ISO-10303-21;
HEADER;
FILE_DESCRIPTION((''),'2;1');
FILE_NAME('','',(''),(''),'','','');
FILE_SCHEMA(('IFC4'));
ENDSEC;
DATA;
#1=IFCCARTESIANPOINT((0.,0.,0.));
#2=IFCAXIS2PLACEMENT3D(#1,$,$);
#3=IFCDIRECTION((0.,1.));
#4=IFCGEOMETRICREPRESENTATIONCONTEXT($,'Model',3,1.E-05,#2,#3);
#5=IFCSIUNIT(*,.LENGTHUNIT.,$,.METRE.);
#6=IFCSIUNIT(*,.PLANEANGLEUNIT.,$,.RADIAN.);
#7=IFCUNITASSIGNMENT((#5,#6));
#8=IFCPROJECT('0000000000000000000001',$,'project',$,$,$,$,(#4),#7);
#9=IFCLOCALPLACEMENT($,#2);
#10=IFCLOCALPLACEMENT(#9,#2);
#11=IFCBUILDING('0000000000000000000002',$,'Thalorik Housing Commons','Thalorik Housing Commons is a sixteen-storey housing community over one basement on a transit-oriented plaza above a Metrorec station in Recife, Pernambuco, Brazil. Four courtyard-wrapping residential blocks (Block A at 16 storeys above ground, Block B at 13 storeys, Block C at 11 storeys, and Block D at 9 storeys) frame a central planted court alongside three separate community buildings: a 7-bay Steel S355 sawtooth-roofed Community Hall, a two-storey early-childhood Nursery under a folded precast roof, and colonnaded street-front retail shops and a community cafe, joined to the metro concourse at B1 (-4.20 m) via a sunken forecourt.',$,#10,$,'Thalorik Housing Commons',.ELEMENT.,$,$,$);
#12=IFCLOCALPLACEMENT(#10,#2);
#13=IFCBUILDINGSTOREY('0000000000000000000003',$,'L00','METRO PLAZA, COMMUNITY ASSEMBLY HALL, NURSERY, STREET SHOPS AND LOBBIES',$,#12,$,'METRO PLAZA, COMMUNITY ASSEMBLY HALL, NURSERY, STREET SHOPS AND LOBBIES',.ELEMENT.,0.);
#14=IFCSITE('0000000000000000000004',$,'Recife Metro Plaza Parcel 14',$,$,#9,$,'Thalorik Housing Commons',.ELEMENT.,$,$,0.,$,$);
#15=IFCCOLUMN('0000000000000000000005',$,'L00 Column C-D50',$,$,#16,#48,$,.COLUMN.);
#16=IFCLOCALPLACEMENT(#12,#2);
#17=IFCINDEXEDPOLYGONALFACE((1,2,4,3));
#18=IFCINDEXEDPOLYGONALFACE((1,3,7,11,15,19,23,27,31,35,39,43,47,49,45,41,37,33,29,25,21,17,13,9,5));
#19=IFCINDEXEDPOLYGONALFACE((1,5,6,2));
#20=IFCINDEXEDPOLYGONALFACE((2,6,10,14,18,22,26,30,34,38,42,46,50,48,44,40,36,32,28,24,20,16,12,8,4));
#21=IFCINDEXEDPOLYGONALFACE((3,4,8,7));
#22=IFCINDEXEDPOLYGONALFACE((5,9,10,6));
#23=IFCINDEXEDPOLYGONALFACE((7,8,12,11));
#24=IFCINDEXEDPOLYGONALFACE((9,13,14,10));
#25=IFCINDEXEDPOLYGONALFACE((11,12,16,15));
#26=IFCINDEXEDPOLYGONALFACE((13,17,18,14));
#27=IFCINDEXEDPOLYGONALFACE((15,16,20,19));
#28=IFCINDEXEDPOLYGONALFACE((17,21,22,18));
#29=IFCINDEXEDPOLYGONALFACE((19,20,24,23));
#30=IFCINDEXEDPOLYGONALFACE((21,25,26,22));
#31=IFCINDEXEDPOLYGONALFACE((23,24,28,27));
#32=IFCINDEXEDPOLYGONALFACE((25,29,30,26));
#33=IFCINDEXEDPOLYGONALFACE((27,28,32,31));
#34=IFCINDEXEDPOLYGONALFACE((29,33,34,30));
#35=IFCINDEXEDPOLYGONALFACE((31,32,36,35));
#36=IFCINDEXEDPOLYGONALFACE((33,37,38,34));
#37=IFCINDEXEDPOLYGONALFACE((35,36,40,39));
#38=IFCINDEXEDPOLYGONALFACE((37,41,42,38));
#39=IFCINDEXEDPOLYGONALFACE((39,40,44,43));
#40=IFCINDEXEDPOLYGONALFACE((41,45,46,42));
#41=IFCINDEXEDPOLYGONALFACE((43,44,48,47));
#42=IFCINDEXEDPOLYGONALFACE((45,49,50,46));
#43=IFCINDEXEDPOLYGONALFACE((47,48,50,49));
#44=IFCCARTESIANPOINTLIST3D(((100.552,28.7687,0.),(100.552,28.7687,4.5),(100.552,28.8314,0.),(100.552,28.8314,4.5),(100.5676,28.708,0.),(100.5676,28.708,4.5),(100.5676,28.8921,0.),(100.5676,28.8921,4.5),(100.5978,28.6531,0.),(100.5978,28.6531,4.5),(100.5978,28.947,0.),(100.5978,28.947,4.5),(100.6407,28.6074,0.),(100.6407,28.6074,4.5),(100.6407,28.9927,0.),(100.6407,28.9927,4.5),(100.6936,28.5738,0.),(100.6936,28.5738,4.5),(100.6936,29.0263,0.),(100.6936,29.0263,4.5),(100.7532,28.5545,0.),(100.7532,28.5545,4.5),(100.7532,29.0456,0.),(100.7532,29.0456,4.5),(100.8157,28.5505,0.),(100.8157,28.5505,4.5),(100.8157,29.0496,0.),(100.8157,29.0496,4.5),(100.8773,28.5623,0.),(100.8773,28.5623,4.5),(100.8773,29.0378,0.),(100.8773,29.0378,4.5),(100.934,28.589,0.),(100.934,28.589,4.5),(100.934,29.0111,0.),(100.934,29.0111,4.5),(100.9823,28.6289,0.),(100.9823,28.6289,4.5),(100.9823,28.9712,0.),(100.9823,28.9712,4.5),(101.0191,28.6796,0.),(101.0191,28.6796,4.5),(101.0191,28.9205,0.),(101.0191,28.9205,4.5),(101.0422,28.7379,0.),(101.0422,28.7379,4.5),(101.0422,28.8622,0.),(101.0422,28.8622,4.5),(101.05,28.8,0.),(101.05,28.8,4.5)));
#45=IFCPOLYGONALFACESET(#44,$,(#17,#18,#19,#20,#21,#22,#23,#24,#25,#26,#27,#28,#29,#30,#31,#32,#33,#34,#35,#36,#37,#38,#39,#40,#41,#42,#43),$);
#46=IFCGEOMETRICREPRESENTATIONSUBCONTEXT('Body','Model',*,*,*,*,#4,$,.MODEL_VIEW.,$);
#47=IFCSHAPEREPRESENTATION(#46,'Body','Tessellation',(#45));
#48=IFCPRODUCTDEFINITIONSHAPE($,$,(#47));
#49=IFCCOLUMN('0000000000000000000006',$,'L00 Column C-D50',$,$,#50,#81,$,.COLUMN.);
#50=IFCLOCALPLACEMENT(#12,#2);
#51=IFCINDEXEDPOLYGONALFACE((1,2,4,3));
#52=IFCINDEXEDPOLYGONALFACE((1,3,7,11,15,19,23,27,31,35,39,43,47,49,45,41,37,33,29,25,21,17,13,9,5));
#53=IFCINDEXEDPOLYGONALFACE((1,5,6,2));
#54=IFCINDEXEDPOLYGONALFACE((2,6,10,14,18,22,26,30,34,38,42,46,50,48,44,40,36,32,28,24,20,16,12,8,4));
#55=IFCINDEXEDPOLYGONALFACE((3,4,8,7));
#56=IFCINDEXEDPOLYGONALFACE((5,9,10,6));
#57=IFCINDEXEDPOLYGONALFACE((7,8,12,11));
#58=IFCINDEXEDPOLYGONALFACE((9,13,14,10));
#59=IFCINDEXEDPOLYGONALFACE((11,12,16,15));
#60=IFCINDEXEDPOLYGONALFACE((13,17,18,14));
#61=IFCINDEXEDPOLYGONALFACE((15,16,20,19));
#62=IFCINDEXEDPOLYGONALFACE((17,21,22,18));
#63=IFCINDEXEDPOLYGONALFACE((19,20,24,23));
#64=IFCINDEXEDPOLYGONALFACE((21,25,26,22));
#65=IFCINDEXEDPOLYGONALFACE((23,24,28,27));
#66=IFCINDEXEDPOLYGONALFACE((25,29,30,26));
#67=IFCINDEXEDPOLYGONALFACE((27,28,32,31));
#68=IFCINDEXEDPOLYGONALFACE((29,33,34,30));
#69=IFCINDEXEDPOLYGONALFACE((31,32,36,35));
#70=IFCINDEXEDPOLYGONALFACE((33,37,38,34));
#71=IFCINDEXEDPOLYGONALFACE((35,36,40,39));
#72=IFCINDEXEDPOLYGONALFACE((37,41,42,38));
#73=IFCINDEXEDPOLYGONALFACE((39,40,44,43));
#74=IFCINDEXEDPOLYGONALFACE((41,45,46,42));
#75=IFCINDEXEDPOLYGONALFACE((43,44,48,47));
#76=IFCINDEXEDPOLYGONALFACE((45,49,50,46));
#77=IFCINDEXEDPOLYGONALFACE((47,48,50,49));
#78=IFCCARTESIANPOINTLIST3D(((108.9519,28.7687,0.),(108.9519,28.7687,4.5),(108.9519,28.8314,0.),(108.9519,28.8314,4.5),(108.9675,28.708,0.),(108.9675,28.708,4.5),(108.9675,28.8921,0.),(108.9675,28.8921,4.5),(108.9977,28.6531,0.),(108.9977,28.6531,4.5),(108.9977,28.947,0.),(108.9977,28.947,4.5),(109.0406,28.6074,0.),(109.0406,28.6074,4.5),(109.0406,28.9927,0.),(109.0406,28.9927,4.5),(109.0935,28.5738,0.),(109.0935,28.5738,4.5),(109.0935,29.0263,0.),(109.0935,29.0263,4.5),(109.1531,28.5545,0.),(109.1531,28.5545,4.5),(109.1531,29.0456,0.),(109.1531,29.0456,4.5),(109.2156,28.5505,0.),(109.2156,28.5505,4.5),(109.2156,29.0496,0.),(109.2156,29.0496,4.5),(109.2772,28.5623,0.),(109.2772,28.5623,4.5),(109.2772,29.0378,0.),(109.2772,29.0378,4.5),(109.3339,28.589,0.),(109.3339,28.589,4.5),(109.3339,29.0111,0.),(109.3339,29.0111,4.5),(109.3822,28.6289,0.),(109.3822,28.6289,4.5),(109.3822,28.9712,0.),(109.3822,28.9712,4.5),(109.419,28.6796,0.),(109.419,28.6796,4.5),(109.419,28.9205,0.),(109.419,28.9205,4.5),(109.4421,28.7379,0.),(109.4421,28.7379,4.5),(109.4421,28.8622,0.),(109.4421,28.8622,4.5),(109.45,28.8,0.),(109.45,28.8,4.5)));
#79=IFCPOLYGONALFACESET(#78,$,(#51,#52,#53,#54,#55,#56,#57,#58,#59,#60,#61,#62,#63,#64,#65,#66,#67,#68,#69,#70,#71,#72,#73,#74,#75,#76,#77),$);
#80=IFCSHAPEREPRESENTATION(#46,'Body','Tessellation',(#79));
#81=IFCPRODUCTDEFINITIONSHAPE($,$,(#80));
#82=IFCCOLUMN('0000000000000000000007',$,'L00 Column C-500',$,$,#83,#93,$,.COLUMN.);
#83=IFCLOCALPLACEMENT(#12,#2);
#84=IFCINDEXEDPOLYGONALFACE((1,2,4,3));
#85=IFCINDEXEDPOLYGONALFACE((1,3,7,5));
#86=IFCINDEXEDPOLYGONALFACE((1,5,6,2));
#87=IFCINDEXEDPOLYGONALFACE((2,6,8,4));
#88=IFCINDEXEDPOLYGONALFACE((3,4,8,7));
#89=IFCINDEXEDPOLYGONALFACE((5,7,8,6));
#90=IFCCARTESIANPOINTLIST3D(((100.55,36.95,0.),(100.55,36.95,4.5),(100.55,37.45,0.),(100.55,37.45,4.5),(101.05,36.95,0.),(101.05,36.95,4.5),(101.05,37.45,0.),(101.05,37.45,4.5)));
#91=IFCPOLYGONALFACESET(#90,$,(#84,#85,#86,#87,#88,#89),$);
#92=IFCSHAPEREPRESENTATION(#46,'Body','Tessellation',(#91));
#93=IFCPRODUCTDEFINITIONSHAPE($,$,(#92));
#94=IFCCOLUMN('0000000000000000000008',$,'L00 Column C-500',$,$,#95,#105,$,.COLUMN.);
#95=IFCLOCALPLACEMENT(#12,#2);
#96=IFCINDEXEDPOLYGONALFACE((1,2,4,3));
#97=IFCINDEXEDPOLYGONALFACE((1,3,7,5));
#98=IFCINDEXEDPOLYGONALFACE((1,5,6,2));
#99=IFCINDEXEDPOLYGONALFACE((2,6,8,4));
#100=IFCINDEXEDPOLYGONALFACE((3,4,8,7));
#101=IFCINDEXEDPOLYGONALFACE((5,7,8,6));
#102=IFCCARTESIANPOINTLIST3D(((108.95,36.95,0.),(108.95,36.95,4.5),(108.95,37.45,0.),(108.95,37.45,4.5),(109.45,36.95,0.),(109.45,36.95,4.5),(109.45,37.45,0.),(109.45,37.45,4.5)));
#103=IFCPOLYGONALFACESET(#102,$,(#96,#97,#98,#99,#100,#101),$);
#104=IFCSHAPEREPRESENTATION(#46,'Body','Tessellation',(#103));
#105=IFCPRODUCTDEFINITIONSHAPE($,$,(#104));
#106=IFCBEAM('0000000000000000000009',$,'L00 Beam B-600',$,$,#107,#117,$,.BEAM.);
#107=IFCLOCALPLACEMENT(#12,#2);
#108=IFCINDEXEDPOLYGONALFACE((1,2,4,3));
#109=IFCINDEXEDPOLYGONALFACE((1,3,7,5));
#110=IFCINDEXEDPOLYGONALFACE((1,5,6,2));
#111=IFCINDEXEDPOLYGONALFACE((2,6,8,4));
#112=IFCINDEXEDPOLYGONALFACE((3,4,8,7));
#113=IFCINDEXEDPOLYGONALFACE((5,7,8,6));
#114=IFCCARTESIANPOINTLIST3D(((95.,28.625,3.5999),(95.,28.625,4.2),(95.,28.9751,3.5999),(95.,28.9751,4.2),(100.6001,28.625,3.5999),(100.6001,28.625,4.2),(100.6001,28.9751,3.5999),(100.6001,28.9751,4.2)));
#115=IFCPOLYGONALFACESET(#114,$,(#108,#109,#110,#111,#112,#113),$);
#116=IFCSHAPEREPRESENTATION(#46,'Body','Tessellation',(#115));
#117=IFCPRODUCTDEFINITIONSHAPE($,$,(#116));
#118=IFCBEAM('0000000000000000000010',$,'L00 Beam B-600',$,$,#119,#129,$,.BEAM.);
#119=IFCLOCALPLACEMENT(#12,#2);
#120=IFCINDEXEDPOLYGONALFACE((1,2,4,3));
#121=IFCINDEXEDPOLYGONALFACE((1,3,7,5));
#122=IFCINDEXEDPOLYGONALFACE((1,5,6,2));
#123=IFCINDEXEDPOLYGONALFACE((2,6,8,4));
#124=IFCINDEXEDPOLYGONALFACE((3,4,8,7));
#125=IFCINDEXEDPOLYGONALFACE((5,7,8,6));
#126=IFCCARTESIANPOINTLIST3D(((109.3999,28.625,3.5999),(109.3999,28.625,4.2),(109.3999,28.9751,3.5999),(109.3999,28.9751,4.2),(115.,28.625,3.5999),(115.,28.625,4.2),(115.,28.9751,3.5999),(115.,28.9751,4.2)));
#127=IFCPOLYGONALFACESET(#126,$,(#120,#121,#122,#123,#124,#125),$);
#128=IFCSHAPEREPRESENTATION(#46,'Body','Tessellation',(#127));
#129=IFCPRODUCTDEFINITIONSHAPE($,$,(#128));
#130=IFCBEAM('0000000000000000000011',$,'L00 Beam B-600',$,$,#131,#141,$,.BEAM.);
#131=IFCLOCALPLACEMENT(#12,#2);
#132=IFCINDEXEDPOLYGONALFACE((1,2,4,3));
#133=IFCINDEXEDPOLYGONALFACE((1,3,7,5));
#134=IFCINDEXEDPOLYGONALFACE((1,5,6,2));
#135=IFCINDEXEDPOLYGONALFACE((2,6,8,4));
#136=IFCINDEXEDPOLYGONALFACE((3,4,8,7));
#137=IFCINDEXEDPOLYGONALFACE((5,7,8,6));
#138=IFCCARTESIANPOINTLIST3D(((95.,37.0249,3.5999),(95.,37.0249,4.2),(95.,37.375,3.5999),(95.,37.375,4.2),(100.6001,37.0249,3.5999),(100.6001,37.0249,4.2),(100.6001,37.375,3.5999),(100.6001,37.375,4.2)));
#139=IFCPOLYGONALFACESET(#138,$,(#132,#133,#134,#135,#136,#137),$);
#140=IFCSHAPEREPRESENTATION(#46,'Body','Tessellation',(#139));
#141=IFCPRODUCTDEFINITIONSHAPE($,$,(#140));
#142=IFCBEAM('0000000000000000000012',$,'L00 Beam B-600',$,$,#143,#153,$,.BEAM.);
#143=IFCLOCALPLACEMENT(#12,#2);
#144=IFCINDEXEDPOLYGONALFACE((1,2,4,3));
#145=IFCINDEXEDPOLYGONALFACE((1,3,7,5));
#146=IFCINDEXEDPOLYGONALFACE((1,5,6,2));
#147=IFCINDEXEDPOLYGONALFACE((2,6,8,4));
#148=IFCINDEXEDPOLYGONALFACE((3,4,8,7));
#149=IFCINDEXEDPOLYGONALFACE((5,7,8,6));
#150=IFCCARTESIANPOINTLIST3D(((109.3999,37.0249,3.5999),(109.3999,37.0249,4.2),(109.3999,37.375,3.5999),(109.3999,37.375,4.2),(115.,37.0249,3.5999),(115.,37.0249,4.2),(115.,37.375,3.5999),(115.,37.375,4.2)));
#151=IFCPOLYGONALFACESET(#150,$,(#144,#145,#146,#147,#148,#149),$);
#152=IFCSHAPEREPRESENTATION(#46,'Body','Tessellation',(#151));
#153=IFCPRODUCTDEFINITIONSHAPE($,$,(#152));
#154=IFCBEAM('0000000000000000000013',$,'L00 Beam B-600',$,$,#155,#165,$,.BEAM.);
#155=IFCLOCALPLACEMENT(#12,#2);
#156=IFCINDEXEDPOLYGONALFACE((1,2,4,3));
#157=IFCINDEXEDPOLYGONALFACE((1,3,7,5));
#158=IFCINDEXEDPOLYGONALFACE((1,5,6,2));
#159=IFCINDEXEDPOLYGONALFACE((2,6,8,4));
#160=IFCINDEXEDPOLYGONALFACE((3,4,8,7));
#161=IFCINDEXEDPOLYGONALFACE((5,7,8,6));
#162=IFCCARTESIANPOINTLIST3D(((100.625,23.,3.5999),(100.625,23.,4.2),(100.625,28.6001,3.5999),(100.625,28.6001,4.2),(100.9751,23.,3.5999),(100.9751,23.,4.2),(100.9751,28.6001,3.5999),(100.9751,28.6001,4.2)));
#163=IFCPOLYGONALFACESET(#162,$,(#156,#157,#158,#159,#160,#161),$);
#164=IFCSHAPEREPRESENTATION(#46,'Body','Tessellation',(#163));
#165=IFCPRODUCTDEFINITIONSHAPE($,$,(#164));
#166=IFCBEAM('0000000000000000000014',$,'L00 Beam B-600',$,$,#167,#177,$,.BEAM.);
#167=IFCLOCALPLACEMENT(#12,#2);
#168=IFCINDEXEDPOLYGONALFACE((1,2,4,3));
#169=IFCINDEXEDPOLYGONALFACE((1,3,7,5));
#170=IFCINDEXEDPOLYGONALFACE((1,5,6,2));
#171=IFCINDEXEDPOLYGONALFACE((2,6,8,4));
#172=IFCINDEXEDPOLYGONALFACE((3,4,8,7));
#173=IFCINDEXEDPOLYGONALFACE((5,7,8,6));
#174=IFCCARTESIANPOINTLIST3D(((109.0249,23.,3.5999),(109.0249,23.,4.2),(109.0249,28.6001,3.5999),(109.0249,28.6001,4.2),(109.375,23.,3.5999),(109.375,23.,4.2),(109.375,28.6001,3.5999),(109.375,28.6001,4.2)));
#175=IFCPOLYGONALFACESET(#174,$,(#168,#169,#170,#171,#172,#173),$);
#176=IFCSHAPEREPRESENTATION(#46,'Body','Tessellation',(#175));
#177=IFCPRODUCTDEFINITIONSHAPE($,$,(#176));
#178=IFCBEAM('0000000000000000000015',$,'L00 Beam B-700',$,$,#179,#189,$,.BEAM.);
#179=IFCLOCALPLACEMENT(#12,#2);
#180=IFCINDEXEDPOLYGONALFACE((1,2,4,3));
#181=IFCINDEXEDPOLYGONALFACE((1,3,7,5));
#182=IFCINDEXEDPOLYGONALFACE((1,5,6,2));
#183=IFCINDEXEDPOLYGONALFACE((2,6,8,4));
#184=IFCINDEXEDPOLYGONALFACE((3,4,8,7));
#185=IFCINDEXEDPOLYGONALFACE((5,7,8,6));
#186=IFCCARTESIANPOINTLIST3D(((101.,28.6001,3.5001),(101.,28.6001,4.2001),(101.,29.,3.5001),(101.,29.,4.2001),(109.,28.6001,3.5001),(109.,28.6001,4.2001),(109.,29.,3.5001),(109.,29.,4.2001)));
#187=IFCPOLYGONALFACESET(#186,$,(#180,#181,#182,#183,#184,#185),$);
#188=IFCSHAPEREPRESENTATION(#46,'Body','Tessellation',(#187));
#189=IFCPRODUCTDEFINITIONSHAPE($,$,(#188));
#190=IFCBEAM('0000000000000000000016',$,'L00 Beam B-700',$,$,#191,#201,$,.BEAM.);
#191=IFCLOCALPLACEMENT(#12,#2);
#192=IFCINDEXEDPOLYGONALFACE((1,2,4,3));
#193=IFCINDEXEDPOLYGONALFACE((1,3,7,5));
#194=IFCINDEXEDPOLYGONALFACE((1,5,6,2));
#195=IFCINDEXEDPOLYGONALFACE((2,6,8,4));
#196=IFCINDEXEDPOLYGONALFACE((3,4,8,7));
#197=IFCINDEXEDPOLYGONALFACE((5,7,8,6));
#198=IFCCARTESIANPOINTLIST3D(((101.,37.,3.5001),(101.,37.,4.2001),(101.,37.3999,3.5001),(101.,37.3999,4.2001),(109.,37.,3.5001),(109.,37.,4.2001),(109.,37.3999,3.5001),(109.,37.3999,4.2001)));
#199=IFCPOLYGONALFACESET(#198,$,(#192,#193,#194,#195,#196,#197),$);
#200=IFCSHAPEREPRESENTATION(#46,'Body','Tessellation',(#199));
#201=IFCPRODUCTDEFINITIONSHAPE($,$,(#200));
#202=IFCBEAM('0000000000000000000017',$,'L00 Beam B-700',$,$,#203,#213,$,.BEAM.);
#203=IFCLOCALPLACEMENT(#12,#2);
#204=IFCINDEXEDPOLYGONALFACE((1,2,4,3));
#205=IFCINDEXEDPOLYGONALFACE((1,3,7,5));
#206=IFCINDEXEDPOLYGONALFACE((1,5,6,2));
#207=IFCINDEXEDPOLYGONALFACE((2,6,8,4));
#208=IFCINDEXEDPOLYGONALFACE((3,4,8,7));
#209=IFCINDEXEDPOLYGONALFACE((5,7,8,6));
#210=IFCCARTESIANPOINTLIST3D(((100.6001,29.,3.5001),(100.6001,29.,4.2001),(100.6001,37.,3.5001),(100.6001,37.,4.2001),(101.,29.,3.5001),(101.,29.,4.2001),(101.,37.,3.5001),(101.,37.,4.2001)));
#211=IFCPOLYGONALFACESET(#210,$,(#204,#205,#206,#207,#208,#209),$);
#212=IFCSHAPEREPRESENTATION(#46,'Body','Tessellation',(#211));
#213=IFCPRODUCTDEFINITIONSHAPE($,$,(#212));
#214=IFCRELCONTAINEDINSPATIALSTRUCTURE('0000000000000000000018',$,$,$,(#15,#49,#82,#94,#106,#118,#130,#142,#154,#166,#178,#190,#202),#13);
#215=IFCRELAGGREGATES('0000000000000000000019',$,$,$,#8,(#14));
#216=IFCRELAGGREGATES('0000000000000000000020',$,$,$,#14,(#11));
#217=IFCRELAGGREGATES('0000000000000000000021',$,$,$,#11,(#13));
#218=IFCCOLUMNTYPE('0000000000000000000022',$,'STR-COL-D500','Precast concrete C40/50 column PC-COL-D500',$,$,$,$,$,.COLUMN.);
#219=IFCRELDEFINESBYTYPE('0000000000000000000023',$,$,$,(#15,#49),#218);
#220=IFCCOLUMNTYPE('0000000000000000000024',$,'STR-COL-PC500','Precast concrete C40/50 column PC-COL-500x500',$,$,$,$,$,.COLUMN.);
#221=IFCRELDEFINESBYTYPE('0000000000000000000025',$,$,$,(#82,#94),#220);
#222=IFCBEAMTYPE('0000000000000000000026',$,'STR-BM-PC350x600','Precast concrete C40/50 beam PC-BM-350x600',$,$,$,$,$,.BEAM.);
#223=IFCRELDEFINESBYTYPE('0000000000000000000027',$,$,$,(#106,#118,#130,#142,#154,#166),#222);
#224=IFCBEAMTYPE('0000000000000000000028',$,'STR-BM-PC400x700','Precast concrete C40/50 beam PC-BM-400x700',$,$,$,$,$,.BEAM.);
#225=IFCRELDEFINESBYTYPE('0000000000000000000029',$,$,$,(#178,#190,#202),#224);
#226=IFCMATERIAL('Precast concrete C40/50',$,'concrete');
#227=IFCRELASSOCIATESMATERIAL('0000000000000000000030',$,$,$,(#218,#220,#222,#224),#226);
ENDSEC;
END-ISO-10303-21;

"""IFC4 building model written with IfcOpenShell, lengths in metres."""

from ifc_helpers import new_model, si_unit, direction, frame, origin, origin_2d, place, context, subcontext, project, spatial, rectangle, circle, extrude, material, material_profile, profile_set, type_object, element, save


model = new_model("IFC4")

# Units and contexts
model_context = context("Model", 3, precision=1e-05, world=origin(), true_north=direction((0.0, 1.0)))
body_context = subcontext(model_context, "Body", "Model", "MODEL_VIEW")
ifc_project = project(units=[si_unit("LENGTHUNIT", "METRE"), si_unit("PLANEANGLEUNIT", "RADIAN")], contexts=[model_context])

# Site, building, storey
site_placement = place(None, origin())
site = spatial("IfcSite", under=ifc_project, at=site_placement, Name="Recife Metro Plaza Parcel 14", LongName="Thalorik Housing Commons", CompositionType="ELEMENT", RefElevation=0.0)
building_placement = place(site_placement, origin())
building = spatial("IfcBuilding", under=site, at=building_placement, Name="Thalorik Housing Commons", Description="Thalorik Housing Commons is a sixteen-storey housing community over one basement on a transit-oriented plaza above a Metrorec station in Recife, Pernambuco, Brazil. Four courtyard-wrapping residential blocks (Block A at 16 storeys above ground, Block B at 13 storeys, Block C at 11 storeys, and Block D at 9 storeys) frame a central planted court alongside three separate community buildings: a 7-bay Steel S355 sawtooth-roofed Community Hall, a two-storey early-childhood Nursery under a folded precast roof, and colonnaded street-front retail shops and a community cafe, joined to the metro concourse at B1 (-4.20 m) via a sunken forecourt.", LongName="Thalorik Housing Commons", CompositionType="ELEMENT")
storey_placement = place(building_placement, origin())
storey = spatial("IfcBuildingStorey", under=building, at=storey_placement, Name="L00", Description="METRO PLAZA, COMMUNITY ASSEMBLY HALL, NURSERY, STREET SHOPS AND LOBBIES", LongName="METRO PLAZA, COMMUNITY ASSEMBLY HALL, NURSERY, STREET SHOPS AND LOBBIES", CompositionType="ELEMENT", Elevation=0.0)

# Columns
ifc_material_1 = material(Name="Precast concrete C40/50", Category="concrete")
ifc_material_profile_1 = material_profile(ifc_material_1, circle(Radius=0.25, at=origin_2d()), Name="PC D500", Category="concrete")
ifc_profile_set_1 = profile_set([ifc_material_profile_1], Name="Precast concrete C40/50")
column_type_1 = type_object("IfcColumnType", Name="STR-COL-D500", Description="Precast concrete C40/50 column PC-COL-D500", PredefinedType="COLUMN", material=ifc_profile_set_1)
for number, where, z_axis, x_axis, name in (
    (1, (100.8, 28.8, 0.0), (0.0, 0.0, 1.0), (1.0, 0.0, 0.0), "L00 Column C-D50"),
    (2, (109.2, 28.8, 0.0), (0.0, 0.0, 1.0), (1.0, 0.0, 0.0), "L00 Column C-D50"),
):
    element("IfcColumn", number, at=place(storey_placement, frame(where, z_axis=z_axis, x_axis=x_axis)), inside=storey, type_object=column_type_1, Name=name, PredefinedType="COLUMN", context=body_context, shape_type="SweptSolid", body=[
        extrude(circle(Radius=0.25, at=origin_2d()), origin(), (0.0, 0.0, 1.0), 4.5),
    ])
ifc_material_profile_2 = material_profile(ifc_material_1, rectangle(XDim=0.5, YDim=0.5, at=origin_2d()), Name="PC 500x500", Category="concrete")
ifc_profile_set_2 = profile_set([ifc_material_profile_2], Name="Precast concrete C40/50")
column_type_2 = type_object("IfcColumnType", Name="STR-COL-PC500", Description="Precast concrete C40/50 column PC-COL-500x500", PredefinedType="COLUMN", material=ifc_profile_set_2)
for number, where, z_axis, x_axis, name in (
    (3, (100.8, 37.2, 0.0), (0.0, 0.0, 1.0), (1.0, 0.0, 0.0), "L00 Column C-500"),
    (4, (109.2, 37.2, 0.0), (0.0, 0.0, 1.0), (1.0, 0.0, 0.0), "L00 Column C-500"),
):
    element("IfcColumn", number, at=place(storey_placement, frame(where, z_axis=z_axis, x_axis=x_axis)), inside=storey, type_object=column_type_2, Name=name, PredefinedType="COLUMN", context=body_context, shape_type="SweptSolid", body=[
        extrude(rectangle(XDim=0.5, YDim=0.5, at=origin_2d()), origin(), (0.0, 0.0, 1.0), 4.5),
    ])

# Beams
ifc_material_profile_3 = material_profile(ifc_material_1, rectangle(XDim=0.3501, YDim=0.6001, at=origin_2d()), Name="PC 350x600", Category="concrete")
ifc_profile_set_3 = profile_set([ifc_material_profile_3], Name="Precast concrete C40/50")
beam_type_1 = type_object("IfcBeamType", Name="STR-BM-PC350x600", Description="Precast concrete C40/50 beam PC-BM-350x600", PredefinedType="BEAM", material=ifc_profile_set_3)
for number, where, z_axis, x_axis, name in (
    (5, (95.0, 28.8, 3.8999), (1.0, 0.0, 0.0), (0.0, 1.0, 0.0), "L00 Beam B-600"),
    (6, (109.3999, 28.8, 3.8999), (1.0, 0.0, 0.0), (0.0, 1.0, 0.0), "L00 Beam B-600"),
    (7, (95.0, 37.2, 3.8999), (1.0, 0.0, 0.0), (0.0, 1.0, 0.0), "L00 Beam B-600"),
    (8, (109.3999, 37.2, 3.8999), (1.0, 0.0, 0.0), (0.0, 1.0, 0.0), "L00 Beam B-600"),
    (9, (100.8, 23.0, 3.8999), (0.0, 1.0, 0.0), (-1.0, 0.0, 0.0), "L00 Beam B-600"),
    (10, (109.2, 23.0, 3.8999), (0.0, 1.0, 0.0), (-1.0, 0.0, 0.0), "L00 Beam B-600"),
):
    element("IfcBeam", number, at=place(storey_placement, frame(where, z_axis=z_axis, x_axis=x_axis)), inside=storey, type_object=beam_type_1, Name=name, PredefinedType="BEAM", context=body_context, shape_type="SweptSolid", body=[
        extrude(rectangle(XDim=0.3501, YDim=0.6001, at=origin_2d()), origin(), (0.0, 0.0, 1.0), 5.6001),
    ])
ifc_material_profile_4 = material_profile(ifc_material_1, rectangle(XDim=0.3999, YDim=0.7, at=origin_2d()), Name="PC 400x700", Category="concrete")
ifc_profile_set_4 = profile_set([ifc_material_profile_4], Name="Precast concrete C40/50")
beam_type_2 = type_object("IfcBeamType", Name="STR-BM-PC400x700", Description="Precast concrete C40/50 beam PC-BM-400x700", PredefinedType="BEAM", material=ifc_profile_set_4)
for number, where, z_axis, x_axis, name in (
    (11, (101.0, 28.8, 3.8501), (1.0, 0.0, 0.0), (0.0, 1.0, 0.0), "L00 Beam B-700"),
    (12, (101.0, 37.2, 3.8501), (1.0, 0.0, 0.0), (0.0, 1.0, 0.0), "L00 Beam B-700"),
    (13, (100.8, 29.0, 3.8501), (0.0, 1.0, 0.0), (-1.0, 0.0, 0.0), "L00 Beam B-700"),
):
    element("IfcBeam", number, at=place(storey_placement, frame(where, z_axis=z_axis, x_axis=x_axis)), inside=storey, type_object=beam_type_2, Name=name, PredefinedType="BEAM", context=body_context, shape_type="SweptSolid", body=[
        extrude(rectangle(XDim=0.3999, YDim=0.7, at=origin_2d()), origin(), (0.0, 0.0, 1.0), 8.0),
    ])

save(model, "model.ifc")
